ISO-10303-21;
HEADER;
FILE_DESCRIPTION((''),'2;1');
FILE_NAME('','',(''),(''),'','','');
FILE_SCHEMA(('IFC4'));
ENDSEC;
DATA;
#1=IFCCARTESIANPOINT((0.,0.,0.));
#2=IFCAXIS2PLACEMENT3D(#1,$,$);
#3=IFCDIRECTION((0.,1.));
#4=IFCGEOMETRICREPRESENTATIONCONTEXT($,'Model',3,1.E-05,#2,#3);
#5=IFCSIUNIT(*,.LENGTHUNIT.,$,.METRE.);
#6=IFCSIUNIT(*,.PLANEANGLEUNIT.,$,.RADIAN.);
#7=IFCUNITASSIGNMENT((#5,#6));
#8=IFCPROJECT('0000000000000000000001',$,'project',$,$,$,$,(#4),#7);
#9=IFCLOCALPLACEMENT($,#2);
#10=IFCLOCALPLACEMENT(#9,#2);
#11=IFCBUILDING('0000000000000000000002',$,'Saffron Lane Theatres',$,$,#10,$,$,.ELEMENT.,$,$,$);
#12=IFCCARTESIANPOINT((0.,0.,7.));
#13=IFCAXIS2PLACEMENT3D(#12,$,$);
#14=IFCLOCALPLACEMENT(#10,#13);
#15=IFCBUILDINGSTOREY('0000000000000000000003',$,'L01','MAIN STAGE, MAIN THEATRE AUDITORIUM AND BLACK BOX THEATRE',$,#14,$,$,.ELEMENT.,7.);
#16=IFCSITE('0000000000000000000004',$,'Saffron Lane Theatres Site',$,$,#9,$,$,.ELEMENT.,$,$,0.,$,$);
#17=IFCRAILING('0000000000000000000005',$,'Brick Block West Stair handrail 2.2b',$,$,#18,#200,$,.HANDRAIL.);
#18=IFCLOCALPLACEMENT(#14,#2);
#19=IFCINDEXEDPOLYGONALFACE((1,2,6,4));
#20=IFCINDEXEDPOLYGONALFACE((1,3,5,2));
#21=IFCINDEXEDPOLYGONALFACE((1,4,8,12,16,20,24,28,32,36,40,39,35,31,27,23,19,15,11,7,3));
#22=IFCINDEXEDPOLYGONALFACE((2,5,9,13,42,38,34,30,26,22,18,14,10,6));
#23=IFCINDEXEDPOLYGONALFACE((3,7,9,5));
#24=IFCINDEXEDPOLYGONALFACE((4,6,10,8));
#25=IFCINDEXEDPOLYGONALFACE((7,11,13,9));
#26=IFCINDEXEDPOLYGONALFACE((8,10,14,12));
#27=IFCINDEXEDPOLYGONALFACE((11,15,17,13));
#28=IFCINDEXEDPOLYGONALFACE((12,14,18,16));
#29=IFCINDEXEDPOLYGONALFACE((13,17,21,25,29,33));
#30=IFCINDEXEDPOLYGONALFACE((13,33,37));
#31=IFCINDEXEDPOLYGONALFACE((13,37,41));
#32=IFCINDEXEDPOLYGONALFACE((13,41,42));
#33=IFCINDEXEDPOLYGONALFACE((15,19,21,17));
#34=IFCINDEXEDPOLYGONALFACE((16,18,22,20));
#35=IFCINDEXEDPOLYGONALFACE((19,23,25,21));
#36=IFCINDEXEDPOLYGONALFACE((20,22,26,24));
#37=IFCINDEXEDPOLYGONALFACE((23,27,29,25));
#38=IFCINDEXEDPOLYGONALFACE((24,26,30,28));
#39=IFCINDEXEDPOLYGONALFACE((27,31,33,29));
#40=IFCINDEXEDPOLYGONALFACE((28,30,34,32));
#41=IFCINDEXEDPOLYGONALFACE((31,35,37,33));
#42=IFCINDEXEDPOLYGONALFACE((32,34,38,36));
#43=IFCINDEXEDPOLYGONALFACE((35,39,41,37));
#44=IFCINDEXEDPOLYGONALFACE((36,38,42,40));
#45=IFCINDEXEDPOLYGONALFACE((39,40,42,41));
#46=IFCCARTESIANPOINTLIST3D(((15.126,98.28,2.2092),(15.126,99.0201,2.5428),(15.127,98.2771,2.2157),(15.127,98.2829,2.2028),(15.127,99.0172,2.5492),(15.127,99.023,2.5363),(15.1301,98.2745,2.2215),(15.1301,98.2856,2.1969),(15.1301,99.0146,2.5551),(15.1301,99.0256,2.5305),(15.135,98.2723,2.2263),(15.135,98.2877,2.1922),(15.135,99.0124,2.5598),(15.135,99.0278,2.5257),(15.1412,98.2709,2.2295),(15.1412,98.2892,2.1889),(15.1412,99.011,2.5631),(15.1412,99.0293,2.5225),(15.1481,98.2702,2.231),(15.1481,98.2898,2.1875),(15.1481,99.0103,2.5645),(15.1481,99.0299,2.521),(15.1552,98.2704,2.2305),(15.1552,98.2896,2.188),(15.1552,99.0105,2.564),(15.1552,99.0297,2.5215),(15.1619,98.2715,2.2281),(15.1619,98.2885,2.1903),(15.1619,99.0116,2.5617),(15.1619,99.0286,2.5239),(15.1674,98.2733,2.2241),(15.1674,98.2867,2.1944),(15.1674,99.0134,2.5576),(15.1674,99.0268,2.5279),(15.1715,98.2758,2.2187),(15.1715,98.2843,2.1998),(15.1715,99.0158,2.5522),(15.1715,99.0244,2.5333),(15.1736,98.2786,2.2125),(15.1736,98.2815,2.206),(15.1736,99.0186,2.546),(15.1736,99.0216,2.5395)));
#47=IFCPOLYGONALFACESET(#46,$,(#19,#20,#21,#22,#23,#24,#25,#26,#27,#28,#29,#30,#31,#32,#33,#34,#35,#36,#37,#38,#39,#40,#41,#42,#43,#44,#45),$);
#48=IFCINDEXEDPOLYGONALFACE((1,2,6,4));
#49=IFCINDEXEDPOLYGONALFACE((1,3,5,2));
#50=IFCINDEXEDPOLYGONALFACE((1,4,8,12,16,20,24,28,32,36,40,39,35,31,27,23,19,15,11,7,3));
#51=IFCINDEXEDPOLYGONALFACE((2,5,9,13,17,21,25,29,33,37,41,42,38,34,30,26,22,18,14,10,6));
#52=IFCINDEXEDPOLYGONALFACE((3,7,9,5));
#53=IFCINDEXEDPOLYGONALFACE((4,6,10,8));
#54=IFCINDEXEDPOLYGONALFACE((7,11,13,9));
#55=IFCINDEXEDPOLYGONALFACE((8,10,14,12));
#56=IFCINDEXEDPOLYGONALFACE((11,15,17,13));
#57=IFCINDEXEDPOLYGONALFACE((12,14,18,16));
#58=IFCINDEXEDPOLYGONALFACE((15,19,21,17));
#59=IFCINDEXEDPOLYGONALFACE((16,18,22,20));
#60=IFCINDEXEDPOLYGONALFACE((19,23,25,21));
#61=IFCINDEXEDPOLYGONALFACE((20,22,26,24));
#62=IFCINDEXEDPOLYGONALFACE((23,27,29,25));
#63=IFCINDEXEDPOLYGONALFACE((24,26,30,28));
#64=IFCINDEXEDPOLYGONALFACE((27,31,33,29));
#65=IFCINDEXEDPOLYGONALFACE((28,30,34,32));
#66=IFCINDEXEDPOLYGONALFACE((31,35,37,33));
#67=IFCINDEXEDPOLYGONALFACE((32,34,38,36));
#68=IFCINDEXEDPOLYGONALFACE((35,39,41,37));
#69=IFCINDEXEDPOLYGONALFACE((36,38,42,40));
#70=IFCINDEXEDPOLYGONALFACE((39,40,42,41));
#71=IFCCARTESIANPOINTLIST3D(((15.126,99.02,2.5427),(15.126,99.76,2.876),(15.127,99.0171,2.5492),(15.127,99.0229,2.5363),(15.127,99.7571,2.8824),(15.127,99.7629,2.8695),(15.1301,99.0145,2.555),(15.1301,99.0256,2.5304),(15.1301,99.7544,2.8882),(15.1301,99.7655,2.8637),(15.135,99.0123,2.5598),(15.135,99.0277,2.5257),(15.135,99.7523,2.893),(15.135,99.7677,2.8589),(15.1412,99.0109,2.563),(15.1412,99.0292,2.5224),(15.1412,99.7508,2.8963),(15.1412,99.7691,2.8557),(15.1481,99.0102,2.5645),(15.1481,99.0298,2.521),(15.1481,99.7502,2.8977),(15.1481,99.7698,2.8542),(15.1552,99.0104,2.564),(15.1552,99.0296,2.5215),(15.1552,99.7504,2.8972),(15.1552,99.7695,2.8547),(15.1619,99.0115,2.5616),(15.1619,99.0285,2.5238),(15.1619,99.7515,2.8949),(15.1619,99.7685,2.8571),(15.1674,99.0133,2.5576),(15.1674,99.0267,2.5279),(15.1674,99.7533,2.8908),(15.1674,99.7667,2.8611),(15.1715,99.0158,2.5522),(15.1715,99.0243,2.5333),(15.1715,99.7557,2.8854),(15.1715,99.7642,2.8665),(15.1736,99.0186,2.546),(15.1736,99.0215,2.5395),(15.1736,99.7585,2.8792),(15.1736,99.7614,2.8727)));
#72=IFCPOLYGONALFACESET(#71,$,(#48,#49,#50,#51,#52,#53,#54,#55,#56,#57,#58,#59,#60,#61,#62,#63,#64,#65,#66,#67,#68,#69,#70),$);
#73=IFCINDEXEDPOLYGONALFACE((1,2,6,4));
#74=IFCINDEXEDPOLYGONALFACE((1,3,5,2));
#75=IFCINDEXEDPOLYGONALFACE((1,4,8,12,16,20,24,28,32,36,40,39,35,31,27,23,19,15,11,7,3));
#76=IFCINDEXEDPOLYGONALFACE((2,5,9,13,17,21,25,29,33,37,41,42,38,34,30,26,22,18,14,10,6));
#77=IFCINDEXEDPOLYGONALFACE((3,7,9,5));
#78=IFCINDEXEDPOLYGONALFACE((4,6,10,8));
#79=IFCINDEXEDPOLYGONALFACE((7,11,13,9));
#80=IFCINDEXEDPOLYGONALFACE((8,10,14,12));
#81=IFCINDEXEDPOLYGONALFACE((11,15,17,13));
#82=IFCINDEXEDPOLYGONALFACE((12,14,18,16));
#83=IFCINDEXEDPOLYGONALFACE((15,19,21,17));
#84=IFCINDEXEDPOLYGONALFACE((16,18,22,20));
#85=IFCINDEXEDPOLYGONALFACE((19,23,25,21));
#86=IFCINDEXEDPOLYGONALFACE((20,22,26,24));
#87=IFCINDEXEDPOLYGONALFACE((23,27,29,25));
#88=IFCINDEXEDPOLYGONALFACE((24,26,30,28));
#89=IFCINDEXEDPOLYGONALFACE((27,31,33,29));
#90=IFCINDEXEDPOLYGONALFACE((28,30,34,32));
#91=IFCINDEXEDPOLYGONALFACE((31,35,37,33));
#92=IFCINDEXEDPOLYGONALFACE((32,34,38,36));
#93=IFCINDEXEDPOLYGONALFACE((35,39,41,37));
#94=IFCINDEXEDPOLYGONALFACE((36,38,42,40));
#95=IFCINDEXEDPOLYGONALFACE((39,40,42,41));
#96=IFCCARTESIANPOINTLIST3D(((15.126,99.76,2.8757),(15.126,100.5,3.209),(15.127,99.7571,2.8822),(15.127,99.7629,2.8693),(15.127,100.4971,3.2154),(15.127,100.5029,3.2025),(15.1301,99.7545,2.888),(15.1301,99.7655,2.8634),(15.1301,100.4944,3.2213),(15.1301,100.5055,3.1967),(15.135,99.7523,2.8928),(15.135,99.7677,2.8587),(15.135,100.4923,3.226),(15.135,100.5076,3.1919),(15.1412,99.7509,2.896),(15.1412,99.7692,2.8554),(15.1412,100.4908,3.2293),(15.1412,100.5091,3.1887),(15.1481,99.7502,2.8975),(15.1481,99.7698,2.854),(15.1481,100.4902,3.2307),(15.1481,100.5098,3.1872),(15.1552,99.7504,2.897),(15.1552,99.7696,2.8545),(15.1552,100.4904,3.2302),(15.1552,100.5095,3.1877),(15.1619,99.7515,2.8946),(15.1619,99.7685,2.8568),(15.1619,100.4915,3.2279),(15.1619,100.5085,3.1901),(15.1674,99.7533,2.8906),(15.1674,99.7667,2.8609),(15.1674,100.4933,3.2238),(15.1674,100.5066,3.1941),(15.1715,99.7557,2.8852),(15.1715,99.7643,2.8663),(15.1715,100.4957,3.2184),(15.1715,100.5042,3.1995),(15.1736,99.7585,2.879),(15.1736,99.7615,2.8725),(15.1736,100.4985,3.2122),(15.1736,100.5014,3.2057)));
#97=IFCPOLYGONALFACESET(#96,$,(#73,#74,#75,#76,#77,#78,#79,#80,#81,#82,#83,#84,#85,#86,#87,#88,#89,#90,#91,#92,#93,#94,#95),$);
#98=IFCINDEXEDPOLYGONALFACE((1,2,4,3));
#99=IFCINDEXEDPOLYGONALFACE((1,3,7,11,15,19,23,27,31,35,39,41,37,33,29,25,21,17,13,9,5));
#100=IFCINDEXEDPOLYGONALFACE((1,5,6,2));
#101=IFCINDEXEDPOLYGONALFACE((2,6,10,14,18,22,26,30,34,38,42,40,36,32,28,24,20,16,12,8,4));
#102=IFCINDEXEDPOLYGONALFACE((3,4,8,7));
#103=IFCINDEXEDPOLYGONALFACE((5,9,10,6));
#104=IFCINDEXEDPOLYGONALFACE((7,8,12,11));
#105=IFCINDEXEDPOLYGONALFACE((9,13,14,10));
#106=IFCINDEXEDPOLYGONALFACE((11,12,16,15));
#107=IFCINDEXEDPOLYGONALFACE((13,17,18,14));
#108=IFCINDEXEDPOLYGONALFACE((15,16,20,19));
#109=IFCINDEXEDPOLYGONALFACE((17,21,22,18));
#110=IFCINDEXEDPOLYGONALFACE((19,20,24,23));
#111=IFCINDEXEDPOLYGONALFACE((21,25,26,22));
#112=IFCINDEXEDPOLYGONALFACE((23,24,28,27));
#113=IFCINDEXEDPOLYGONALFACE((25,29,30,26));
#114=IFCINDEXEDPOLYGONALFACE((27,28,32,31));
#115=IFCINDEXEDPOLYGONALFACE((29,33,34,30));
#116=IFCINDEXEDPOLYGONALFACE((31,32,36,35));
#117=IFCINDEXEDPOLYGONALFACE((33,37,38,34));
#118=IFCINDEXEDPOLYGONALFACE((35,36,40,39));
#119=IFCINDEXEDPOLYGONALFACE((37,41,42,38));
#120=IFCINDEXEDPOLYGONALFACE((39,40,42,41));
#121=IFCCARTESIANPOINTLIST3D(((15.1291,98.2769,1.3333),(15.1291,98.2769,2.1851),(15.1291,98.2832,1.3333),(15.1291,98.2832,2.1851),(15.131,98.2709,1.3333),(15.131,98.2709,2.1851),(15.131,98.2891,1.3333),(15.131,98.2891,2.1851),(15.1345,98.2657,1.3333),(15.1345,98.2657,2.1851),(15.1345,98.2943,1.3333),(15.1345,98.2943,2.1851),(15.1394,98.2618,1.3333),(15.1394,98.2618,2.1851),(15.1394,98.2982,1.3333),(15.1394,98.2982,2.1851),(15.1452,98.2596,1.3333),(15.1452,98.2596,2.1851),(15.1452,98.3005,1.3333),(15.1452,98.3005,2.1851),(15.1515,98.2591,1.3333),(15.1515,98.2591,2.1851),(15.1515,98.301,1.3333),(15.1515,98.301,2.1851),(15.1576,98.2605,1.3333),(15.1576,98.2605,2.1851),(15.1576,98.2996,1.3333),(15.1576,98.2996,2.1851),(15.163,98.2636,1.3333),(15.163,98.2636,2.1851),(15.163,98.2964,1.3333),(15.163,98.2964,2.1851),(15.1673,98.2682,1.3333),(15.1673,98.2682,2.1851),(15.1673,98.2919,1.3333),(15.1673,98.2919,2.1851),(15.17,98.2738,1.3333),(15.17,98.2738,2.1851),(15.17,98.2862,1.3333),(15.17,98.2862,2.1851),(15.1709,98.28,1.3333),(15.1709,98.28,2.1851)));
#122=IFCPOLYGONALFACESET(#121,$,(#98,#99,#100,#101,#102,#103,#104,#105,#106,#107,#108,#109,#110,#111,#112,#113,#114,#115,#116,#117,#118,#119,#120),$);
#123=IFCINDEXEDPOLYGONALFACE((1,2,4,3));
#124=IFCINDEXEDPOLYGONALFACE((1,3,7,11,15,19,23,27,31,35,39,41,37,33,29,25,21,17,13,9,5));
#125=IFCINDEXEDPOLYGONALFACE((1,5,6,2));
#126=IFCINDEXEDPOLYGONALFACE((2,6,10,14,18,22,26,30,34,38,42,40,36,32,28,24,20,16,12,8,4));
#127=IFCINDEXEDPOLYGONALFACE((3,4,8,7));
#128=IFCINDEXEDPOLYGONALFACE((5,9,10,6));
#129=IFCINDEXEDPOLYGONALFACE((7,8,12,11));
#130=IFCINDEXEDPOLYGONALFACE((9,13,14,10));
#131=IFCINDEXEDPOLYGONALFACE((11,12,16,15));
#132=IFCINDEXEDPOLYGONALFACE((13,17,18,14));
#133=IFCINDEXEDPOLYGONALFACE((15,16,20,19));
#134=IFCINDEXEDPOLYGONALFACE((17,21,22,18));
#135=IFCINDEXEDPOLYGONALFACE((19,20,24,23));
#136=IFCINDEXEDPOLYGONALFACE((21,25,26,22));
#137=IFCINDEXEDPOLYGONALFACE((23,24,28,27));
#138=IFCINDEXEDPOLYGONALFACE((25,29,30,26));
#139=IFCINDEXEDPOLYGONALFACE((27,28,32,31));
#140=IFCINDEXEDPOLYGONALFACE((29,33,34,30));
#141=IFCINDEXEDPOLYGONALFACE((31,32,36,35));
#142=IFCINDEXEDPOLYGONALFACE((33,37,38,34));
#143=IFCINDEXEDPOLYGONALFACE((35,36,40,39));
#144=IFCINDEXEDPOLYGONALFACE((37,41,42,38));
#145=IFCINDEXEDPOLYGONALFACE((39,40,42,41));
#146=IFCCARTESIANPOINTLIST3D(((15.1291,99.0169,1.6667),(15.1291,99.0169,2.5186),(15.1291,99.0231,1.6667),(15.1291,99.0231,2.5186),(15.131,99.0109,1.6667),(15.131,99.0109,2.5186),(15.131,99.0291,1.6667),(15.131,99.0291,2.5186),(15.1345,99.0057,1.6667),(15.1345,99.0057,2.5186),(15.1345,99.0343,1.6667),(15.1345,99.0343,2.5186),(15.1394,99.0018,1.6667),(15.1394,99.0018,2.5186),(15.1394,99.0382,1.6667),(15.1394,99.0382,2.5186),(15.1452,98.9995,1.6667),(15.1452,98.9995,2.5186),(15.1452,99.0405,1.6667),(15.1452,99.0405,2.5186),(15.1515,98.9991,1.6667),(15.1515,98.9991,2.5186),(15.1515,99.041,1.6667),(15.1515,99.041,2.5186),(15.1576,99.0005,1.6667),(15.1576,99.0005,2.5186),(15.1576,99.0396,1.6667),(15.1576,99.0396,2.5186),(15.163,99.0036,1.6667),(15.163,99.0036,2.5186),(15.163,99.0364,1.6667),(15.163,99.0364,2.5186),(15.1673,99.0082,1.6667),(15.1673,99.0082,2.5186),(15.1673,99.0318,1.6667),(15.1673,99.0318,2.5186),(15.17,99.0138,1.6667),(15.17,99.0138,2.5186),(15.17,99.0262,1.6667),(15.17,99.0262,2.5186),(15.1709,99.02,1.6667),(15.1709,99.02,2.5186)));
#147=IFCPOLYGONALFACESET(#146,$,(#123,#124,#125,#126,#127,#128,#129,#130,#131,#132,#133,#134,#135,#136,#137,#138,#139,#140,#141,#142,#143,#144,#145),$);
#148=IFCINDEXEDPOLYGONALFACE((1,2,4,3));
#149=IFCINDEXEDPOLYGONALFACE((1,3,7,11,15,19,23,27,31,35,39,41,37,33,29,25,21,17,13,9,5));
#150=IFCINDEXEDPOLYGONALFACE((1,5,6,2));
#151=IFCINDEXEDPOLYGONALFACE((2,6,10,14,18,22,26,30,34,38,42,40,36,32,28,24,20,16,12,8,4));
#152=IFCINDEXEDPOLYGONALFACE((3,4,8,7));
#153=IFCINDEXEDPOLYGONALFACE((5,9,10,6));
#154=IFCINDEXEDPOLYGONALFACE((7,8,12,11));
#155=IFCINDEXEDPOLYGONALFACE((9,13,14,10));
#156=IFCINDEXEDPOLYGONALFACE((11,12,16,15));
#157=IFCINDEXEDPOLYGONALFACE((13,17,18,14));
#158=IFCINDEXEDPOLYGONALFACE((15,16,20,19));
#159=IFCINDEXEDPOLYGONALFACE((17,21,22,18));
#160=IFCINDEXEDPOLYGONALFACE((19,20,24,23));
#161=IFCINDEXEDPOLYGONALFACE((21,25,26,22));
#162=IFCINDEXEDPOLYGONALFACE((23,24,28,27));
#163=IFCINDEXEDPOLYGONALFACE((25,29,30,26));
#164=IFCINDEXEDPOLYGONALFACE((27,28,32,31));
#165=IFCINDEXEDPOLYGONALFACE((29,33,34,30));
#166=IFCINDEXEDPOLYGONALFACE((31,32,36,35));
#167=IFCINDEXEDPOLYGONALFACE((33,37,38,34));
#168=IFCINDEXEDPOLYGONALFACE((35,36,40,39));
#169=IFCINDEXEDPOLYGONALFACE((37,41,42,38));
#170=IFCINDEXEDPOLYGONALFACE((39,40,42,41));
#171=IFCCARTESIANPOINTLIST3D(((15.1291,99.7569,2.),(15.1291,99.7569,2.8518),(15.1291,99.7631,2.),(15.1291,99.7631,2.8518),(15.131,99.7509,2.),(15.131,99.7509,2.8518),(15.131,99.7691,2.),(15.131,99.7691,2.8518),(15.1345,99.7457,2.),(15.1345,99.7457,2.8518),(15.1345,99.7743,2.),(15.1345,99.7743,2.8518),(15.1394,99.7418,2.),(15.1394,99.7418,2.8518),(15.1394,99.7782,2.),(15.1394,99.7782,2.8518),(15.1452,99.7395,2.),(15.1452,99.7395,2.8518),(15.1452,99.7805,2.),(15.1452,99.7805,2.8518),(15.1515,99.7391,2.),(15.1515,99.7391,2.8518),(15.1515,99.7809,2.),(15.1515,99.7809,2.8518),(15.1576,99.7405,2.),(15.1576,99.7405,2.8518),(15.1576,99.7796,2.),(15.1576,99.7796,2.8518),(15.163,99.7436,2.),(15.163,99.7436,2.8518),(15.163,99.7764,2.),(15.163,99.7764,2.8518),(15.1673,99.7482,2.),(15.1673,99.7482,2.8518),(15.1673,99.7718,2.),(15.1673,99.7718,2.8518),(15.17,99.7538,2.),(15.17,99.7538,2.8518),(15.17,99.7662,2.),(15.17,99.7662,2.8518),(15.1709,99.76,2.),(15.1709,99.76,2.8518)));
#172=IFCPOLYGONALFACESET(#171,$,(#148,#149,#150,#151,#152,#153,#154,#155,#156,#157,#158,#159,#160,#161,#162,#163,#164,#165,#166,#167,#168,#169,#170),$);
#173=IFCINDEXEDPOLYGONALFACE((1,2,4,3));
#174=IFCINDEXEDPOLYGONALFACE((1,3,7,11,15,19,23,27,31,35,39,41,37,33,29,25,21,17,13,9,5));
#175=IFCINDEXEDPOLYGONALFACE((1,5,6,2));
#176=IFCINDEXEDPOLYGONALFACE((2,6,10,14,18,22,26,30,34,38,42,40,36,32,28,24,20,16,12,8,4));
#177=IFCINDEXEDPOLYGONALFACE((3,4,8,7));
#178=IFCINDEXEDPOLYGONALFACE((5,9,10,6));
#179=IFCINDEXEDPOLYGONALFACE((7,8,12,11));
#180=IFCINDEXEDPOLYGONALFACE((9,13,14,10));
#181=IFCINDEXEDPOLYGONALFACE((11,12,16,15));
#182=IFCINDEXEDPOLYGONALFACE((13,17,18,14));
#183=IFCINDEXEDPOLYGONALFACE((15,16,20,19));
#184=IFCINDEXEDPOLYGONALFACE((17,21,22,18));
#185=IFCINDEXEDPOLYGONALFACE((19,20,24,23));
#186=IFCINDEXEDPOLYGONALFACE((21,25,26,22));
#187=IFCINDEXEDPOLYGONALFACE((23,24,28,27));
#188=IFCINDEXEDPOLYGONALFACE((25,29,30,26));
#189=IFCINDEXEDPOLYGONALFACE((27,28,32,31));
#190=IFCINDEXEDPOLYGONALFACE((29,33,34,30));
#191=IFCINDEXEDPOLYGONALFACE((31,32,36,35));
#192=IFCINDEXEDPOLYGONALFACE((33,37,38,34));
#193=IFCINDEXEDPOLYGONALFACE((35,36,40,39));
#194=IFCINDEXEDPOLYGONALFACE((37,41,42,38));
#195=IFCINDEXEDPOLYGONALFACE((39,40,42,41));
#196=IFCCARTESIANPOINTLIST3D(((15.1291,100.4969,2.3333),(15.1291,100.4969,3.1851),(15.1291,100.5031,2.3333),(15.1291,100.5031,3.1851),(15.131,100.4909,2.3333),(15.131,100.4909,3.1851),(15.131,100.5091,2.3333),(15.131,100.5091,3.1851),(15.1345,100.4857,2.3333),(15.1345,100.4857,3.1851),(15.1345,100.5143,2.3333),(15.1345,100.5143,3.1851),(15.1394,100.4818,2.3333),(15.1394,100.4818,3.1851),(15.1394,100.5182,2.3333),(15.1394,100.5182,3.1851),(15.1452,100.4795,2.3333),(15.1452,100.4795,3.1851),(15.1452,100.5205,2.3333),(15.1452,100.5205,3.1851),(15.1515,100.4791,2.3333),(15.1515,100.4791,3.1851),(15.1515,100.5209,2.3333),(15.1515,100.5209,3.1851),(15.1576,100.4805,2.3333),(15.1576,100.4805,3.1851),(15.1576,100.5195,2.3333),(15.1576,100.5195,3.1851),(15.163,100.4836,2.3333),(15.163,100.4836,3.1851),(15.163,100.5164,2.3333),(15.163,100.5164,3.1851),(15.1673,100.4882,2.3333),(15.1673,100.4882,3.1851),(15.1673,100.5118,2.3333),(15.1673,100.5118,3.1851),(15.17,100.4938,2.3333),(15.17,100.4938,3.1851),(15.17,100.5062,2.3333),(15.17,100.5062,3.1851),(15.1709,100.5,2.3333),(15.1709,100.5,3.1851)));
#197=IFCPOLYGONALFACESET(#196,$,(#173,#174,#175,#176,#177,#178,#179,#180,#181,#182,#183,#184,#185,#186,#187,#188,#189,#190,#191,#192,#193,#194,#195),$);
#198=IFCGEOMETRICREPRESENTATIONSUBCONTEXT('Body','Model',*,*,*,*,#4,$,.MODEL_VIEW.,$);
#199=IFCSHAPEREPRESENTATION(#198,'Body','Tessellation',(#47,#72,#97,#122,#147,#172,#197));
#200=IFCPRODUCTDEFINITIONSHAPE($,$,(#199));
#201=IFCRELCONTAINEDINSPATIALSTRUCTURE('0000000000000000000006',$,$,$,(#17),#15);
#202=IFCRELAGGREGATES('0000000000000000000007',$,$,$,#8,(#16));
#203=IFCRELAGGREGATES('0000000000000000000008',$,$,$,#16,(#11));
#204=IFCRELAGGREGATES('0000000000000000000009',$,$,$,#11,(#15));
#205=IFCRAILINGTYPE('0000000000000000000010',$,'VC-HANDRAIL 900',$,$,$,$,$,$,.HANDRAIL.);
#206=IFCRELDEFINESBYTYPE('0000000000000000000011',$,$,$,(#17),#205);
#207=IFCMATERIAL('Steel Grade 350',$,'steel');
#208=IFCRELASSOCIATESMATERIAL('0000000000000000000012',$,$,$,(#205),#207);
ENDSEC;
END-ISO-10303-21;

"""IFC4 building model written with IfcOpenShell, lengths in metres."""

from ifc_helpers import new_model, si_unit, direction, frame, origin, origin_2d, place, context, subcontext, project, spatial, circle, extrude, material, type_object, element, save


model = new_model("IFC4")

# Units and contexts
model_context = context("Model", 3, precision=1e-05, world=origin(), true_north=direction((0.0, 1.0)))
body_context = subcontext(model_context, "Body", "Model", "MODEL_VIEW")
ifc_project = project(units=[si_unit("LENGTHUNIT", "METRE"), si_unit("PLANEANGLEUNIT", "RADIAN")], contexts=[model_context])

# Site, building, storey
site_placement = place(None, origin())
site = spatial("IfcSite", under=ifc_project, at=site_placement, Name="Saffron Lane Theatres Site", CompositionType="ELEMENT", RefElevation=0.0)
building_placement = place(site_placement, origin())
building = spatial("IfcBuilding", under=site, at=building_placement, Name="Saffron Lane Theatres", CompositionType="ELEMENT")
storey_placement = place(building_placement, frame((0.0, 0.0, 7.0)))
storey = spatial("IfcBuildingStorey", under=building, at=storey_placement, Name="L01", Description="MAIN STAGE, MAIN THEATRE AUDITORIUM AND BLACK BOX THEATRE", CompositionType="ELEMENT", Elevation=7.0)

# Railing
ifc_material_1 = material(Name="Steel Grade 350", Category="steel")
railing_type_1 = type_object("IfcRailingType", Name="VC-HANDRAIL 900", PredefinedType="HANDRAIL", material=ifc_material_1)
for number, where, name in (
    (1, (15.1499, 98.28, 1.3333), "Brick Block West Stair handrail 2.2b"),
):
    element("IfcRailing", number, at=place(storey_placement, frame(where)), inside=storey, type_object=railing_type_1, Name=name, PredefinedType="HANDRAIL", context=body_context, shape_type="SweptSolid", body=[
        extrude(circle(Radius=0.0239, at=origin_2d()), frame((0.0, 0.0, 0.876), z_axis=(0.0, 0.911691, 0.410877), x_axis=(-1.0, 0.0, 0.0)), (0.0, 0.0, 1.0), 0.8118),
        extrude(circle(Radius=0.0239, at=origin_2d()), frame((0.0, 0.74, 1.2095), z_axis=(0.0, 0.911803, 0.410627), x_axis=(-1.0, 0.0, 0.0)), (0.0, 0.0, 1.0), 0.8115),
        extrude(circle(Radius=0.0239, at=origin_2d()), frame((0.0, 1.48, 1.5425), z_axis=(0.0, 0.911803, 0.410627), x_axis=(-1.0, 0.0, 0.0)), (0.0, 0.0, 1.0), 0.8115),
        extrude(circle(Radius=0.021, at=origin_2d()), origin(), (0.0, 0.0, 1.0), 0.8518),
        extrude(circle(Radius=0.021, at=origin_2d()), frame((0.0, 0.74, 0.3335)), (0.0, 0.0, 1.0), 0.8518),
        extrude(circle(Radius=0.021, at=origin_2d()), frame((0.0, 1.48, 0.6667)), (0.0, 0.0, 1.0), 0.8518),
        extrude(circle(Radius=0.021, at=origin_2d()), frame((0.0, 2.22, 1.0)), (0.0, 0.0, 1.0), 0.8518),
    ])

save(model, "model.ifc")
